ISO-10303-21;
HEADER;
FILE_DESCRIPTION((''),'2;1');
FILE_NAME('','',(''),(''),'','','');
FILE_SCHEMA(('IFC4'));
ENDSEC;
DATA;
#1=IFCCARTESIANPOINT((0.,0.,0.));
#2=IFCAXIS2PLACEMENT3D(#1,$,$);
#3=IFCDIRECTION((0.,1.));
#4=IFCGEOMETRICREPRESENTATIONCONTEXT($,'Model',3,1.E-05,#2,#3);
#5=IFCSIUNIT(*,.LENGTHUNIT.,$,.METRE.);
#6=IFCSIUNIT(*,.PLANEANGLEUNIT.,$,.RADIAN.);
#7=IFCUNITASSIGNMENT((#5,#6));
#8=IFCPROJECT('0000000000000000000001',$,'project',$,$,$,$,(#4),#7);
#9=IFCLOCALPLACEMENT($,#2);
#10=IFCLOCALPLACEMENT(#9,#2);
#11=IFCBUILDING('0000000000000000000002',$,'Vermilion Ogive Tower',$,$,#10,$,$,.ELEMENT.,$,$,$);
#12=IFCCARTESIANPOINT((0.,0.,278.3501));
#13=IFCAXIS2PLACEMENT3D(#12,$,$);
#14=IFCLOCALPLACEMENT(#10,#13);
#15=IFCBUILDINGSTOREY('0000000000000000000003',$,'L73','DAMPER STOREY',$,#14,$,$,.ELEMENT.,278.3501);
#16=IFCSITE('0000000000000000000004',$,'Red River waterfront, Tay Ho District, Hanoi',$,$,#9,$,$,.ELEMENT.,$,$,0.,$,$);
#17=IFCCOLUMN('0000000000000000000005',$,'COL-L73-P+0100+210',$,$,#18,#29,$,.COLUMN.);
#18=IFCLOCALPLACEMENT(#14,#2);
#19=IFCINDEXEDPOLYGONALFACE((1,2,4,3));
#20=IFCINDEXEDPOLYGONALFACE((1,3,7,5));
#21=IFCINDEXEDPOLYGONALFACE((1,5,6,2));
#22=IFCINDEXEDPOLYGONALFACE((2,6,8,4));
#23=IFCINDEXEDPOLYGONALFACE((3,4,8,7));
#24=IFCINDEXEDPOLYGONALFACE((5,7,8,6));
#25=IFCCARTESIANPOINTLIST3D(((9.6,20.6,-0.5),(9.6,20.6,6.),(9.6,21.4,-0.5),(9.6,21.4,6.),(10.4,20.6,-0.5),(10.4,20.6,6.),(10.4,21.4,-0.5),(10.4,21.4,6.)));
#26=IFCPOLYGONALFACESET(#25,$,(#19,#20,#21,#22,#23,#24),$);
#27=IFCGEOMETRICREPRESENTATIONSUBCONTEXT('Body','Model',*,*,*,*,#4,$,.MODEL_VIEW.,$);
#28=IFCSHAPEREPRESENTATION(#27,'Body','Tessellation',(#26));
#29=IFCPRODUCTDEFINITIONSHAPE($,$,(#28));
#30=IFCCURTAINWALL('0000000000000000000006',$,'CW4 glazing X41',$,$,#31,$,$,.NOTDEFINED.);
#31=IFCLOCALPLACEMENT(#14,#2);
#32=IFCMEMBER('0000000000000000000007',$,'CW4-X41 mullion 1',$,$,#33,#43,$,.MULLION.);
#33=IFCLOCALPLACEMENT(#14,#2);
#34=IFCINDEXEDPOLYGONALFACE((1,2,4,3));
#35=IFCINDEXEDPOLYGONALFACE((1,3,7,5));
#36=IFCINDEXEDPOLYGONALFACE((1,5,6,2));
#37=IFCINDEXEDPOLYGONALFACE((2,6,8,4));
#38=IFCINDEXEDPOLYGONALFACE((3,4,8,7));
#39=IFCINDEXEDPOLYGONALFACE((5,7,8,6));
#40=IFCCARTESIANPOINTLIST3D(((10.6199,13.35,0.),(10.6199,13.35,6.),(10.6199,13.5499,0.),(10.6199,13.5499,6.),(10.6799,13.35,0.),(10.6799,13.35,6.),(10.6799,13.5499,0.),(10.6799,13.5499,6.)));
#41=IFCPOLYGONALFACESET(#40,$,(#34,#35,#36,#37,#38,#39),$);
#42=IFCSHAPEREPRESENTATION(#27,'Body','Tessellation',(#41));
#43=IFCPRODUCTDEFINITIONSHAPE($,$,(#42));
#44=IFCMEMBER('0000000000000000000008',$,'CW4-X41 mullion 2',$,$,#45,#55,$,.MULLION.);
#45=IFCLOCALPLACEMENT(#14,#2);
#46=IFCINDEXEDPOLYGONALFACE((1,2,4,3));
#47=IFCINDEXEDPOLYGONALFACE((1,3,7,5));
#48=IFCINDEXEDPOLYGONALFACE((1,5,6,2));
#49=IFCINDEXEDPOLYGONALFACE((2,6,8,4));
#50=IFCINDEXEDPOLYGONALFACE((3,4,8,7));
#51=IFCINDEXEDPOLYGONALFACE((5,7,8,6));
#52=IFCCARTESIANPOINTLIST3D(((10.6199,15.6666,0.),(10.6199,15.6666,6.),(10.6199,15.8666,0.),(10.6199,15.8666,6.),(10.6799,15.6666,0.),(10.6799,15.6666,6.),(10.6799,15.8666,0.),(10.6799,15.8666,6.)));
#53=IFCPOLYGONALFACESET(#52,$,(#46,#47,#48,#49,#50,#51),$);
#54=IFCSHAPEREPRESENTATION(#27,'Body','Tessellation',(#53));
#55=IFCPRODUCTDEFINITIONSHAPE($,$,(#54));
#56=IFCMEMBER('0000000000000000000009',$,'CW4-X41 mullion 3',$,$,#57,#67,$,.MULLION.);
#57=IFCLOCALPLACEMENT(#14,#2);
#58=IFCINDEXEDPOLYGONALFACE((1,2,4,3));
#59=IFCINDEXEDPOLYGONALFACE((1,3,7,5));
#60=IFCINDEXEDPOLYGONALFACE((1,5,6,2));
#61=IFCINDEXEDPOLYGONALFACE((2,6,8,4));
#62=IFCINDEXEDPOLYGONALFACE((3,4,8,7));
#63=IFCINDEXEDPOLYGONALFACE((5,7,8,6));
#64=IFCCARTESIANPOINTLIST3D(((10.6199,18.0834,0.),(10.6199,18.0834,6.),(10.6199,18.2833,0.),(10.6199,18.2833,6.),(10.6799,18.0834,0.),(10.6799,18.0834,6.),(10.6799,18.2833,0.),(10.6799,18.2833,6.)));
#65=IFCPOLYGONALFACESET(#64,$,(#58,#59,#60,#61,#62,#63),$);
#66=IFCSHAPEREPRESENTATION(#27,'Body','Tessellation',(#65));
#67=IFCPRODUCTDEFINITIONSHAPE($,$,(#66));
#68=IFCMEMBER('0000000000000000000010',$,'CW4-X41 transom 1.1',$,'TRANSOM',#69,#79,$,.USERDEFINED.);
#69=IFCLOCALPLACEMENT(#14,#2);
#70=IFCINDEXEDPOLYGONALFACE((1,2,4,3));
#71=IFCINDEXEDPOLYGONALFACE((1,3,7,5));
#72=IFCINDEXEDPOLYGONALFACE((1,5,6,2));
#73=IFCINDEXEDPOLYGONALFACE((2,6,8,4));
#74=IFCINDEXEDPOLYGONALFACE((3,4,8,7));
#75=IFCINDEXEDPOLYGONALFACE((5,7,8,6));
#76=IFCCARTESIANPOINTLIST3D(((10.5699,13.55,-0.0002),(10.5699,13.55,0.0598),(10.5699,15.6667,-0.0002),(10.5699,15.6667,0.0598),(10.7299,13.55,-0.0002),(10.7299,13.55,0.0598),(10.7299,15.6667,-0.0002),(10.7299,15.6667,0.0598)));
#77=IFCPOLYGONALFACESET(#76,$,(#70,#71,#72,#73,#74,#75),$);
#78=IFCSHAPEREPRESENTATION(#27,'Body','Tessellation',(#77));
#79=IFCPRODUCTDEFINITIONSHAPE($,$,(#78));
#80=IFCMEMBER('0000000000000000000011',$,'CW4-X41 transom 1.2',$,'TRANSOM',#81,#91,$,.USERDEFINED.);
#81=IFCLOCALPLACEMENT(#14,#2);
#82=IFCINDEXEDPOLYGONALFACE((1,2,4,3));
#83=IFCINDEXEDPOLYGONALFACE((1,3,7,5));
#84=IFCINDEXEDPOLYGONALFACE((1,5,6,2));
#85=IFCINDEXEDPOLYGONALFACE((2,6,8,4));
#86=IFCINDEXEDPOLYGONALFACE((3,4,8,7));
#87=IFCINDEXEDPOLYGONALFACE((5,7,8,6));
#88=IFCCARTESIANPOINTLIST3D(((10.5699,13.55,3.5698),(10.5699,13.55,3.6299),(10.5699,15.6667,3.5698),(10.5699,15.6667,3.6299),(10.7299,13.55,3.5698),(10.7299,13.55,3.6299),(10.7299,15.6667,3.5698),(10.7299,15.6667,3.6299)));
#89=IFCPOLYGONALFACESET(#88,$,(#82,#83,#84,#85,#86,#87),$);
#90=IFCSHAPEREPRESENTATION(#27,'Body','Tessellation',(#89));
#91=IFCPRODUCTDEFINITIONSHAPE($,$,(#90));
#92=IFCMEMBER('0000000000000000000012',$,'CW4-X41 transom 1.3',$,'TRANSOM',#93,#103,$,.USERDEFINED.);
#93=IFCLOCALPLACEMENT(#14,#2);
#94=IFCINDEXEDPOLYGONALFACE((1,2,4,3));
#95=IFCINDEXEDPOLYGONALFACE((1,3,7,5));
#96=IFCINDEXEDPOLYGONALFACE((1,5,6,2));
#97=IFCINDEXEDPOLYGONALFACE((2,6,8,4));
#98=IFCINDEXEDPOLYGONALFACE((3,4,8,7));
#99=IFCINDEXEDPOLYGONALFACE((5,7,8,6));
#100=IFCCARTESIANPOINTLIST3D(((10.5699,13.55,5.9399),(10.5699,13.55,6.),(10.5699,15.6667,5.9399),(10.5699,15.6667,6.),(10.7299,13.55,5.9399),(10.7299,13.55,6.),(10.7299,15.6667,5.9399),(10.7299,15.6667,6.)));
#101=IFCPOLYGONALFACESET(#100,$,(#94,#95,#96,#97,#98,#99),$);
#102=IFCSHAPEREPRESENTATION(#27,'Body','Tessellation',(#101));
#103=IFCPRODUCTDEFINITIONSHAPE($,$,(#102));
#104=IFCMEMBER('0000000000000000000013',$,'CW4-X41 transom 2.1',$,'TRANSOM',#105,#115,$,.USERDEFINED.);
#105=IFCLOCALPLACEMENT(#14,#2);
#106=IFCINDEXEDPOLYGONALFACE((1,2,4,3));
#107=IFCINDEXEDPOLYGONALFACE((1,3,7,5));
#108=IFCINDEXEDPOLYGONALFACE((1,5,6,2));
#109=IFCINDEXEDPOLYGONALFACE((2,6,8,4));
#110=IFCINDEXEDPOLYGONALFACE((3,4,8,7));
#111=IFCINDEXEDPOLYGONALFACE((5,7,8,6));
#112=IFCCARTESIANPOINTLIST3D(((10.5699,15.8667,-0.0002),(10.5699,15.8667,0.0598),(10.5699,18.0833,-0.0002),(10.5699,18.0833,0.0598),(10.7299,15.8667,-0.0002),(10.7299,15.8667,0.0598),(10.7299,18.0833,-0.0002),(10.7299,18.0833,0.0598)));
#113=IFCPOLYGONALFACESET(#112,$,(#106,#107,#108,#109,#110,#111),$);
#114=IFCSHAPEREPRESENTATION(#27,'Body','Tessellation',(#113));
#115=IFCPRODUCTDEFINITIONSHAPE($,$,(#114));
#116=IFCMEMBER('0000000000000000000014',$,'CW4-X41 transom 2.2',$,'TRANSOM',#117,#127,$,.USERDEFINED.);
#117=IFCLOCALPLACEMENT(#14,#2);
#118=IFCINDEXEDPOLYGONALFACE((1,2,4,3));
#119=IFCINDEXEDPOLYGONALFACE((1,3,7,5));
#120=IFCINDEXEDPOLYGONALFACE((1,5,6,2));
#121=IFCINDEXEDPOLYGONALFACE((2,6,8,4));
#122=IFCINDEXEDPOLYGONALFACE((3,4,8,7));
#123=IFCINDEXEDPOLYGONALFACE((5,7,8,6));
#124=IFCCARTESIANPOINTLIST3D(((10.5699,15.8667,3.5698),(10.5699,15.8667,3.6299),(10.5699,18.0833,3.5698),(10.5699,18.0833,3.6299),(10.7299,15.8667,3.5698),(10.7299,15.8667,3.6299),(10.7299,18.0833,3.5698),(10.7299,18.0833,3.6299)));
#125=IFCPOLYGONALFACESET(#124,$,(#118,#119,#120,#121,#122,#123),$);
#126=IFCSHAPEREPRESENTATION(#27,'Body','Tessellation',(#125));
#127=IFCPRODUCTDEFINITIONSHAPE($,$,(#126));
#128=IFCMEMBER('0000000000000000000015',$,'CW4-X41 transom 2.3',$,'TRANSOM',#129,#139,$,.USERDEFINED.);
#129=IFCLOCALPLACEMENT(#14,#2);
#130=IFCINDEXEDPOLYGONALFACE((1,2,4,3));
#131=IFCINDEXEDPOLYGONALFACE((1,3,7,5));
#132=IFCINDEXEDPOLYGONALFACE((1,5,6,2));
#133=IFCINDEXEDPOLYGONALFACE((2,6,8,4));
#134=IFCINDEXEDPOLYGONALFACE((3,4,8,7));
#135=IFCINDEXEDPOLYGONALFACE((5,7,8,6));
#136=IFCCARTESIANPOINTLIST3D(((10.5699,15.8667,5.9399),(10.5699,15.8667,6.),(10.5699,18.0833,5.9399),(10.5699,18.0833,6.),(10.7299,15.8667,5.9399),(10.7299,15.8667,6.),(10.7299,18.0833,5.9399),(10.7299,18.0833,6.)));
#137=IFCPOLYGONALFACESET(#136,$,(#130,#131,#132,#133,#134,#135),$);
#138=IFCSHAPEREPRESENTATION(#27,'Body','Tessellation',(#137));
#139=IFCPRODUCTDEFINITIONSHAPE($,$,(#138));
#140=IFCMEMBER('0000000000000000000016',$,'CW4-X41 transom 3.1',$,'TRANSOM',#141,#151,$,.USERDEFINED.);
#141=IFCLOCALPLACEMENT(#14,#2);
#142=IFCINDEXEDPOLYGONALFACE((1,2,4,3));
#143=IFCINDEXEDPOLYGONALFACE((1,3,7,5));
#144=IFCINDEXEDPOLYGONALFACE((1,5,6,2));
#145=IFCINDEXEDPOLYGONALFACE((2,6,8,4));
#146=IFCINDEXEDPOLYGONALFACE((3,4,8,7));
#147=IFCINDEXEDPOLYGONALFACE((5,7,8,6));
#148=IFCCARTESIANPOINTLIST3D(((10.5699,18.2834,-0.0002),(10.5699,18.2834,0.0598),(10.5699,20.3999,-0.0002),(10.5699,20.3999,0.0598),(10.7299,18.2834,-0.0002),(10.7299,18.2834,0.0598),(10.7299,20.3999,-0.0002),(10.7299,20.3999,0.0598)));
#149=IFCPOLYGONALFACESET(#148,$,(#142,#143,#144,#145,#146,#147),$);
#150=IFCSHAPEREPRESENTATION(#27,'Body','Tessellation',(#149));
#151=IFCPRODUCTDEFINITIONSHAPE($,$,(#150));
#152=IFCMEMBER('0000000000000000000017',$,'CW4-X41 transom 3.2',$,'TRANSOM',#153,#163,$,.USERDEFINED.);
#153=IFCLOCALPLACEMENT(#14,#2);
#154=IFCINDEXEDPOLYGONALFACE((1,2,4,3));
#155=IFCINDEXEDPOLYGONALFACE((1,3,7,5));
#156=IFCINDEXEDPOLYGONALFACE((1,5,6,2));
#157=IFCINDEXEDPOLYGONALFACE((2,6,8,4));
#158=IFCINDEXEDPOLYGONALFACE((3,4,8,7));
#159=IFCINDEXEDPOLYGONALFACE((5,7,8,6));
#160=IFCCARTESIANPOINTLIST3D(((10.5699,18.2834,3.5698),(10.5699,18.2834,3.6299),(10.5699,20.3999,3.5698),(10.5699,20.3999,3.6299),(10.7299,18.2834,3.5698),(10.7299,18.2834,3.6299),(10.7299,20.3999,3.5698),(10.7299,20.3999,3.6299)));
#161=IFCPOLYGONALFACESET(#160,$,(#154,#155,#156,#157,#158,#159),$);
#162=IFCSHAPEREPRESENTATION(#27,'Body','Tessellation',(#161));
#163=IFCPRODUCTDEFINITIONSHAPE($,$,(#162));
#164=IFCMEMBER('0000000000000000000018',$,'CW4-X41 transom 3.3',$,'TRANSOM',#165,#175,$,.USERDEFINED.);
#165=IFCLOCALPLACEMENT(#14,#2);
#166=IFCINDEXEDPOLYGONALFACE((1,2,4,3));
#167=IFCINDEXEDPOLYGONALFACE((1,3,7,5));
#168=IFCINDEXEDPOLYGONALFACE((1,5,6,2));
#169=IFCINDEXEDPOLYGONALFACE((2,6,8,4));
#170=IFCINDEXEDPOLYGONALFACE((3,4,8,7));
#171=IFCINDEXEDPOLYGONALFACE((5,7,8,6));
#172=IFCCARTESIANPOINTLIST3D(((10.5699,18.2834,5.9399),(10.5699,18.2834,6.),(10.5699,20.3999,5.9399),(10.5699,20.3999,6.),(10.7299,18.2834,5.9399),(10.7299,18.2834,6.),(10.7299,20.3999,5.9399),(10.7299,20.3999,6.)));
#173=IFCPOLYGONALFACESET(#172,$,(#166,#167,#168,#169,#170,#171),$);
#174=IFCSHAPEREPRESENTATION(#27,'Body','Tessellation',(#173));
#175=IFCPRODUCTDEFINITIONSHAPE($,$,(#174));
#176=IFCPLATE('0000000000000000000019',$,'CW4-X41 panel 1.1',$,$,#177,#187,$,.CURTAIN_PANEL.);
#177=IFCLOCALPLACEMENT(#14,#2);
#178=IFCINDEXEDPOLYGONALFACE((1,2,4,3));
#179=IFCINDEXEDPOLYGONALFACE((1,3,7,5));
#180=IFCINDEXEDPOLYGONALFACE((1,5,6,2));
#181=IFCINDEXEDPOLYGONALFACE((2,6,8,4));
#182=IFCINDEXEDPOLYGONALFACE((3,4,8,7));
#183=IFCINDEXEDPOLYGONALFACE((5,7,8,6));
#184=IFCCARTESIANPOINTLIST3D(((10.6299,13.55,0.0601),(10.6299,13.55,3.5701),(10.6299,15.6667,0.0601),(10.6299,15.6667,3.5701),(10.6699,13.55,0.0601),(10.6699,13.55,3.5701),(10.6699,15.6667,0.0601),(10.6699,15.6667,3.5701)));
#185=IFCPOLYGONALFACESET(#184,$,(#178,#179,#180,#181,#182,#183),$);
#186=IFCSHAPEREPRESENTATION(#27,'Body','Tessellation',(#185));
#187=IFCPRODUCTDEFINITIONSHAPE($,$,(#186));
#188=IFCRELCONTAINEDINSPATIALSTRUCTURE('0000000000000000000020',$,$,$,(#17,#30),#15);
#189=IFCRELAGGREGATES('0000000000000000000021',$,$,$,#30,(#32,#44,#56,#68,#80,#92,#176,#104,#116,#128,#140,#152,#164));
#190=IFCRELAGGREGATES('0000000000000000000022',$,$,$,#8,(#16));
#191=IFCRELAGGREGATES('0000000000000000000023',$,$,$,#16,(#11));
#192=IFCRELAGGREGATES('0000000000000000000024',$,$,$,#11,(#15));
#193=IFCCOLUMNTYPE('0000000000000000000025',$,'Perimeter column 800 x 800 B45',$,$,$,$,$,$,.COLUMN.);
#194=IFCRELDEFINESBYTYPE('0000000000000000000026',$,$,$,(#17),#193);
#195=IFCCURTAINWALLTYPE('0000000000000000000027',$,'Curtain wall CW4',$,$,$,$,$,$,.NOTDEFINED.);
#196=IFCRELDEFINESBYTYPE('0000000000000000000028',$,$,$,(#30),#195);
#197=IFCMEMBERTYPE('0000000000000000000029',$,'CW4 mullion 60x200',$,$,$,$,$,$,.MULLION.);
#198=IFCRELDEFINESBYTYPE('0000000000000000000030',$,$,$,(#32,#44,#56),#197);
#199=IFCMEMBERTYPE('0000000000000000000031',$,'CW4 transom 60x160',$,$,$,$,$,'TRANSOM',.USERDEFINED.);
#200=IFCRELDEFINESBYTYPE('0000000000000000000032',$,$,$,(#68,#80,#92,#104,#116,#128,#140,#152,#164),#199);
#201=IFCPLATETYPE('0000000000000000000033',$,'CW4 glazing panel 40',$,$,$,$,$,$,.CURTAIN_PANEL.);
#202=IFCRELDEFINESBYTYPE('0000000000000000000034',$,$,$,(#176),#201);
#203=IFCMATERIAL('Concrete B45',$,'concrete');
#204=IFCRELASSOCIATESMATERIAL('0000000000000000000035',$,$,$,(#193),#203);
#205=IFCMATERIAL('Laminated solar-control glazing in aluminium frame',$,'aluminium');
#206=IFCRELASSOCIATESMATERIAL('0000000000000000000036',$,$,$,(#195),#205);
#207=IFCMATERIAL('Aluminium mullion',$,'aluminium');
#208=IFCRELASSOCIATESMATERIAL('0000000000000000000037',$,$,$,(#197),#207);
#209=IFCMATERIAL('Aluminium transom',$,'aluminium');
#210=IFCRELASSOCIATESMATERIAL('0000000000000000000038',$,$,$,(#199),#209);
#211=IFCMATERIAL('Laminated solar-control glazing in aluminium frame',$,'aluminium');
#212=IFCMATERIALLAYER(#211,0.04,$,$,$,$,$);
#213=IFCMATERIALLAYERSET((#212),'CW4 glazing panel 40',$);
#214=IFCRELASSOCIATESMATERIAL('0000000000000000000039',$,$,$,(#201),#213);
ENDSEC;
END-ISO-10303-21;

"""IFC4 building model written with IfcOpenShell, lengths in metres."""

from ifc_helpers import new_model, si_unit, direction, frame, origin, origin_2d, place, context, subcontext, project, spatial, rectangle, extrude, material, layer, layer_set, material_profile, profile_set, type_object, element, aggregate, save


model = new_model("IFC4")

# Units and contexts
model_context = context("Model", 3, precision=1e-05, world=origin(), true_north=direction((0.0, 1.0)))
body_context = subcontext(model_context, "Body", "Model", "MODEL_VIEW")
ifc_project = project(units=[si_unit("LENGTHUNIT", "METRE"), si_unit("PLANEANGLEUNIT", "RADIAN")], contexts=[model_context])

# Site, building, storey
site_placement = place(None, origin())
site = spatial("IfcSite", under=ifc_project, at=site_placement, Name="Red River waterfront, Tay Ho District, Hanoi", CompositionType="ELEMENT", RefElevation=0.0)
building_placement = place(site_placement, origin())
building = spatial("IfcBuilding", under=site, at=building_placement, Name="Vermilion Ogive Tower", CompositionType="ELEMENT")
storey_placement = place(building_placement, frame((0.0, 0.0, 278.3501)))
storey = spatial("IfcBuildingStorey", under=building, at=storey_placement, Name="L73", Description="DAMPER STOREY", CompositionType="ELEMENT", Elevation=278.3501)

# Column
ifc_material_1 = material(Name="Concrete B45", Category="concrete")
ifc_material_profile_1 = material_profile(ifc_material_1, rectangle(XDim=0.8, YDim=0.8, at=origin_2d()), Name="800 x 800")
ifc_profile_set_1 = profile_set([ifc_material_profile_1], Name="Concrete B45")
column_type = type_object("IfcColumnType", Name="Perimeter column 800 x 800 B45", PredefinedType="COLUMN", material=ifc_profile_set_1)
column_placement = place(storey_placement, frame((10.0, 21.0, -0.5), z_axis=(0.0, 0.0, 1.0), x_axis=(1.0, 0.0, 0.0)))
element("IfcColumn", 1, at=column_placement, inside=storey, type_object=column_type, Name="COL-L73-P+0100+210", PredefinedType="COLUMN", context=body_context, shape_type="SweptSolid", body=[
    extrude(rectangle(XDim=0.8, YDim=0.8, at=origin_2d()), origin(), (0.0, 0.0, 1.0), 6.5),
])

# Curtain wall, members, plate
ifc_material_2 = material(Name="Laminated solar-control glazing in aluminium frame", Category="aluminium")
curtain_wall_type = type_object("IfcCurtainWallType", Name="Curtain wall CW4", PredefinedType="NOTDEFINED", material=ifc_material_2)
curtain_wall_placement = place(storey_placement, origin())
curtain_wall = element("IfcCurtainWall", 2, at=curtain_wall_placement, inside=storey, type_object=curtain_wall_type, Name="CW4 glazing X41", PredefinedType="NOTDEFINED")
ifc_material_3 = material(Name="Aluminium mullion", Category="aluminium")
ifc_material_profile_2 = material_profile(ifc_material_3, rectangle(XDim=0.0601, YDim=0.2, at=origin_2d()), Name="AL 60x200")
ifc_profile_set_2 = profile_set([ifc_material_profile_2], Name="Aluminium mullion")
member_type_1 = type_object("IfcMemberType", Name="CW4 mullion 60x200", PredefinedType="MULLION", material=ifc_profile_set_2)
member_1_placement = place(storey_placement, frame((10.6499, 13.45, 0.0), z_axis=(0.0, 0.0, 1.0), x_axis=(-1.0, 0.0, 0.0)))
member_1 = element("IfcMember", 3, at=member_1_placement, type_object=member_type_1, Name="CW4-X41 mullion 1", PredefinedType="MULLION", context=body_context, shape_type="SweptSolid", body=[
    extrude(rectangle(XDim=0.0601, YDim=0.2, at=origin_2d()), origin(), (0.0, 0.0, 1.0), 6.0),
])
member_2_placement = place(storey_placement, frame((10.6499, 15.7666, 0.0), z_axis=(0.0, 0.0, 1.0), x_axis=(-1.0, 0.0, 0.0)))
member_2 = element("IfcMember", 4, at=member_2_placement, type_object=member_type_1, Name="CW4-X41 mullion 2", PredefinedType="MULLION", context=body_context, shape_type="SweptSolid", body=[
    extrude(rectangle(XDim=0.0601, YDim=0.2, at=origin_2d()), origin(), (0.0, 0.0, 1.0), 6.0),
])
member_3_placement = place(storey_placement, frame((10.6499, 18.1833, 0.0), z_axis=(0.0, 0.0, 1.0), x_axis=(-1.0, 0.0, 0.0)))
member_3 = element("IfcMember", 5, at=member_3_placement, type_object=member_type_1, Name="CW4-X41 mullion 3", PredefinedType="MULLION", context=body_context, shape_type="SweptSolid", body=[
    extrude(rectangle(XDim=0.0601, YDim=0.2, at=origin_2d()), origin(), (0.0, 0.0, 1.0), 6.0),
])
ifc_material_4 = material(Name="Aluminium transom", Category="aluminium")
ifc_material_profile_3 = material_profile(ifc_material_4, rectangle(XDim=0.1599, YDim=0.0601, at=origin_2d()), Name="AL 60x160")
ifc_profile_set_3 = profile_set([ifc_material_profile_3], Name="Aluminium transom")
member_type_2 = type_object("IfcMemberType", Name="CW4 transom 60x160", ElementType="TRANSOM", PredefinedType="USERDEFINED", material=ifc_profile_set_3)
member_4_placement = place(storey_placement, frame((10.6499, 13.55, 0.0298), z_axis=(0.0, 1.0, 0.0), x_axis=(-1.0, 0.0, 0.0)))
member_4 = element("IfcMember", 6, at=member_4_placement, type_object=member_type_2, Name="CW4-X41 transom 1.1", ObjectType="TRANSOM", PredefinedType="USERDEFINED", context=body_context, shape_type="SweptSolid", body=[
    extrude(rectangle(XDim=0.1599, YDim=0.0601, at=origin_2d()), origin(), (0.0, 0.0, 1.0), 2.1167),
])
member_5_placement = place(storey_placement, frame((10.6499, 13.55, 3.5999), z_axis=(0.0, 1.0, 0.0), x_axis=(-1.0, 0.0, 0.0)))
member_5 = element("IfcMember", 7, at=member_5_placement, type_object=member_type_2, Name="CW4-X41 transom 1.2", ObjectType="TRANSOM", PredefinedType="USERDEFINED", context=body_context, shape_type="SweptSolid", body=[
    extrude(rectangle(XDim=0.1599, YDim=0.0601, at=origin_2d()), origin(), (0.0, 0.0, 1.0), 2.1167),
])
member_6_placement = place(storey_placement, frame((10.6499, 13.55, 5.97), z_axis=(0.0, 1.0, 0.0), x_axis=(-1.0, 0.0, 0.0)))
member_6 = element("IfcMember", 8, at=member_6_placement, type_object=member_type_2, Name="CW4-X41 transom 1.3", ObjectType="TRANSOM", PredefinedType="USERDEFINED", context=body_context, shape_type="SweptSolid", body=[
    extrude(rectangle(XDim=0.1599, YDim=0.0601, at=origin_2d()), origin(), (0.0, 0.0, 1.0), 2.1167),
])
member_7_placement = place(storey_placement, frame((10.6499, 15.8667, 0.0298), z_axis=(0.0, 1.0, 0.0), x_axis=(-1.0, 0.0, 0.0)))
member_7 = element("IfcMember", 9, at=member_7_placement, type_object=member_type_2, Name="CW4-X41 transom 2.1", ObjectType="TRANSOM", PredefinedType="USERDEFINED", context=body_context, shape_type="SweptSolid", body=[
    extrude(rectangle(XDim=0.1599, YDim=0.0601, at=origin_2d()), origin(), (0.0, 0.0, 1.0), 2.2166),
])
member_8_placement = place(storey_placement, frame((10.6499, 15.8667, 3.5999), z_axis=(0.0, 1.0, 0.0), x_axis=(-1.0, 0.0, 0.0)))
member_8 = element("IfcMember", 10, at=member_8_placement, type_object=member_type_2, Name="CW4-X41 transom 2.2", ObjectType="TRANSOM", PredefinedType="USERDEFINED", context=body_context, shape_type="SweptSolid", body=[
    extrude(rectangle(XDim=0.1599, YDim=0.0601, at=origin_2d()), origin(), (0.0, 0.0, 1.0), 2.2166),
])
member_9_placement = place(storey_placement, frame((10.6499, 15.8667, 5.97), z_axis=(0.0, 1.0, 0.0), x_axis=(-1.0, 0.0, 0.0)))
member_9 = element("IfcMember", 11, at=member_9_placement, type_object=member_type_2, Name="CW4-X41 transom 2.3", ObjectType="TRANSOM", PredefinedType="USERDEFINED", context=body_context, shape_type="SweptSolid", body=[
    extrude(rectangle(XDim=0.1599, YDim=0.0601, at=origin_2d()), origin(), (0.0, 0.0, 1.0), 2.2166),
])
member_10_placement = place(storey_placement, frame((10.6499, 18.2834, 0.0298), z_axis=(0.0, 1.0, 0.0), x_axis=(-1.0, 0.0, 0.0)))
member_10 = element("IfcMember", 12, at=member_10_placement, type_object=member_type_2, Name="CW4-X41 transom 3.1", ObjectType="TRANSOM", PredefinedType="USERDEFINED", context=body_context, shape_type="SweptSolid", body=[
    extrude(rectangle(XDim=0.1599, YDim=0.0601, at=origin_2d()), origin(), (0.0, 0.0, 1.0), 2.1165),
])
member_11_placement = place(storey_placement, frame((10.6499, 18.2834, 3.5999), z_axis=(0.0, 1.0, 0.0), x_axis=(-1.0, 0.0, 0.0)))
member_11 = element("IfcMember", 13, at=member_11_placement, type_object=member_type_2, Name="CW4-X41 transom 3.2", ObjectType="TRANSOM", PredefinedType="USERDEFINED", context=body_context, shape_type="SweptSolid", body=[
    extrude(rectangle(XDim=0.1599, YDim=0.0601, at=origin_2d()), origin(), (0.0, 0.0, 1.0), 2.1165),
])
member_12_placement = place(storey_placement, frame((10.6499, 18.2834, 5.97), z_axis=(0.0, 1.0, 0.0), x_axis=(-1.0, 0.0, 0.0)))
member_12 = element("IfcMember", 14, at=member_12_placement, type_object=member_type_2, Name="CW4-X41 transom 3.3", ObjectType="TRANSOM", PredefinedType="USERDEFINED", context=body_context, shape_type="SweptSolid", body=[
    extrude(rectangle(XDim=0.1599, YDim=0.0601, at=origin_2d()), origin(), (0.0, 0.0, 1.0), 2.1165),
])
ifc_material_5 = material(Name="Laminated solar-control glazing in aluminium frame", Category="aluminium")
ifc_layer_1 = layer(ifc_material_5, 0.04)
ifc_layer_set_1 = layer_set([ifc_layer_1], Name="CW4 glazing panel 40")
plate_type = type_object("IfcPlateType", Name="CW4 glazing panel 40", PredefinedType="CURTAIN_PANEL", material=ifc_layer_set_1)
plate_1_placement = place(storey_placement, frame((10.6499, 14.6084, 0.0601), z_axis=(0.0, 0.0, 1.0), x_axis=(0.0, 1.0, 0.0)))
plate_1 = element("IfcPlate", 15, at=plate_1_placement, type_object=plate_type, Name="CW4-X41 panel 1.1", PredefinedType="CURTAIN_PANEL", context=body_context, shape_type="SweptSolid", body=[
    extrude(rectangle(XDim=2.1167, YDim=0.04, at=origin_2d()), origin(), (0.0, 0.0, 1.0), 3.51),
])
aggregate(curtain_wall, [member_1, member_2, member_3, member_4, member_5, member_6, plate_1, member_7, member_8, member_9, member_10, member_11, member_12])

save(model, "model.ifc")
